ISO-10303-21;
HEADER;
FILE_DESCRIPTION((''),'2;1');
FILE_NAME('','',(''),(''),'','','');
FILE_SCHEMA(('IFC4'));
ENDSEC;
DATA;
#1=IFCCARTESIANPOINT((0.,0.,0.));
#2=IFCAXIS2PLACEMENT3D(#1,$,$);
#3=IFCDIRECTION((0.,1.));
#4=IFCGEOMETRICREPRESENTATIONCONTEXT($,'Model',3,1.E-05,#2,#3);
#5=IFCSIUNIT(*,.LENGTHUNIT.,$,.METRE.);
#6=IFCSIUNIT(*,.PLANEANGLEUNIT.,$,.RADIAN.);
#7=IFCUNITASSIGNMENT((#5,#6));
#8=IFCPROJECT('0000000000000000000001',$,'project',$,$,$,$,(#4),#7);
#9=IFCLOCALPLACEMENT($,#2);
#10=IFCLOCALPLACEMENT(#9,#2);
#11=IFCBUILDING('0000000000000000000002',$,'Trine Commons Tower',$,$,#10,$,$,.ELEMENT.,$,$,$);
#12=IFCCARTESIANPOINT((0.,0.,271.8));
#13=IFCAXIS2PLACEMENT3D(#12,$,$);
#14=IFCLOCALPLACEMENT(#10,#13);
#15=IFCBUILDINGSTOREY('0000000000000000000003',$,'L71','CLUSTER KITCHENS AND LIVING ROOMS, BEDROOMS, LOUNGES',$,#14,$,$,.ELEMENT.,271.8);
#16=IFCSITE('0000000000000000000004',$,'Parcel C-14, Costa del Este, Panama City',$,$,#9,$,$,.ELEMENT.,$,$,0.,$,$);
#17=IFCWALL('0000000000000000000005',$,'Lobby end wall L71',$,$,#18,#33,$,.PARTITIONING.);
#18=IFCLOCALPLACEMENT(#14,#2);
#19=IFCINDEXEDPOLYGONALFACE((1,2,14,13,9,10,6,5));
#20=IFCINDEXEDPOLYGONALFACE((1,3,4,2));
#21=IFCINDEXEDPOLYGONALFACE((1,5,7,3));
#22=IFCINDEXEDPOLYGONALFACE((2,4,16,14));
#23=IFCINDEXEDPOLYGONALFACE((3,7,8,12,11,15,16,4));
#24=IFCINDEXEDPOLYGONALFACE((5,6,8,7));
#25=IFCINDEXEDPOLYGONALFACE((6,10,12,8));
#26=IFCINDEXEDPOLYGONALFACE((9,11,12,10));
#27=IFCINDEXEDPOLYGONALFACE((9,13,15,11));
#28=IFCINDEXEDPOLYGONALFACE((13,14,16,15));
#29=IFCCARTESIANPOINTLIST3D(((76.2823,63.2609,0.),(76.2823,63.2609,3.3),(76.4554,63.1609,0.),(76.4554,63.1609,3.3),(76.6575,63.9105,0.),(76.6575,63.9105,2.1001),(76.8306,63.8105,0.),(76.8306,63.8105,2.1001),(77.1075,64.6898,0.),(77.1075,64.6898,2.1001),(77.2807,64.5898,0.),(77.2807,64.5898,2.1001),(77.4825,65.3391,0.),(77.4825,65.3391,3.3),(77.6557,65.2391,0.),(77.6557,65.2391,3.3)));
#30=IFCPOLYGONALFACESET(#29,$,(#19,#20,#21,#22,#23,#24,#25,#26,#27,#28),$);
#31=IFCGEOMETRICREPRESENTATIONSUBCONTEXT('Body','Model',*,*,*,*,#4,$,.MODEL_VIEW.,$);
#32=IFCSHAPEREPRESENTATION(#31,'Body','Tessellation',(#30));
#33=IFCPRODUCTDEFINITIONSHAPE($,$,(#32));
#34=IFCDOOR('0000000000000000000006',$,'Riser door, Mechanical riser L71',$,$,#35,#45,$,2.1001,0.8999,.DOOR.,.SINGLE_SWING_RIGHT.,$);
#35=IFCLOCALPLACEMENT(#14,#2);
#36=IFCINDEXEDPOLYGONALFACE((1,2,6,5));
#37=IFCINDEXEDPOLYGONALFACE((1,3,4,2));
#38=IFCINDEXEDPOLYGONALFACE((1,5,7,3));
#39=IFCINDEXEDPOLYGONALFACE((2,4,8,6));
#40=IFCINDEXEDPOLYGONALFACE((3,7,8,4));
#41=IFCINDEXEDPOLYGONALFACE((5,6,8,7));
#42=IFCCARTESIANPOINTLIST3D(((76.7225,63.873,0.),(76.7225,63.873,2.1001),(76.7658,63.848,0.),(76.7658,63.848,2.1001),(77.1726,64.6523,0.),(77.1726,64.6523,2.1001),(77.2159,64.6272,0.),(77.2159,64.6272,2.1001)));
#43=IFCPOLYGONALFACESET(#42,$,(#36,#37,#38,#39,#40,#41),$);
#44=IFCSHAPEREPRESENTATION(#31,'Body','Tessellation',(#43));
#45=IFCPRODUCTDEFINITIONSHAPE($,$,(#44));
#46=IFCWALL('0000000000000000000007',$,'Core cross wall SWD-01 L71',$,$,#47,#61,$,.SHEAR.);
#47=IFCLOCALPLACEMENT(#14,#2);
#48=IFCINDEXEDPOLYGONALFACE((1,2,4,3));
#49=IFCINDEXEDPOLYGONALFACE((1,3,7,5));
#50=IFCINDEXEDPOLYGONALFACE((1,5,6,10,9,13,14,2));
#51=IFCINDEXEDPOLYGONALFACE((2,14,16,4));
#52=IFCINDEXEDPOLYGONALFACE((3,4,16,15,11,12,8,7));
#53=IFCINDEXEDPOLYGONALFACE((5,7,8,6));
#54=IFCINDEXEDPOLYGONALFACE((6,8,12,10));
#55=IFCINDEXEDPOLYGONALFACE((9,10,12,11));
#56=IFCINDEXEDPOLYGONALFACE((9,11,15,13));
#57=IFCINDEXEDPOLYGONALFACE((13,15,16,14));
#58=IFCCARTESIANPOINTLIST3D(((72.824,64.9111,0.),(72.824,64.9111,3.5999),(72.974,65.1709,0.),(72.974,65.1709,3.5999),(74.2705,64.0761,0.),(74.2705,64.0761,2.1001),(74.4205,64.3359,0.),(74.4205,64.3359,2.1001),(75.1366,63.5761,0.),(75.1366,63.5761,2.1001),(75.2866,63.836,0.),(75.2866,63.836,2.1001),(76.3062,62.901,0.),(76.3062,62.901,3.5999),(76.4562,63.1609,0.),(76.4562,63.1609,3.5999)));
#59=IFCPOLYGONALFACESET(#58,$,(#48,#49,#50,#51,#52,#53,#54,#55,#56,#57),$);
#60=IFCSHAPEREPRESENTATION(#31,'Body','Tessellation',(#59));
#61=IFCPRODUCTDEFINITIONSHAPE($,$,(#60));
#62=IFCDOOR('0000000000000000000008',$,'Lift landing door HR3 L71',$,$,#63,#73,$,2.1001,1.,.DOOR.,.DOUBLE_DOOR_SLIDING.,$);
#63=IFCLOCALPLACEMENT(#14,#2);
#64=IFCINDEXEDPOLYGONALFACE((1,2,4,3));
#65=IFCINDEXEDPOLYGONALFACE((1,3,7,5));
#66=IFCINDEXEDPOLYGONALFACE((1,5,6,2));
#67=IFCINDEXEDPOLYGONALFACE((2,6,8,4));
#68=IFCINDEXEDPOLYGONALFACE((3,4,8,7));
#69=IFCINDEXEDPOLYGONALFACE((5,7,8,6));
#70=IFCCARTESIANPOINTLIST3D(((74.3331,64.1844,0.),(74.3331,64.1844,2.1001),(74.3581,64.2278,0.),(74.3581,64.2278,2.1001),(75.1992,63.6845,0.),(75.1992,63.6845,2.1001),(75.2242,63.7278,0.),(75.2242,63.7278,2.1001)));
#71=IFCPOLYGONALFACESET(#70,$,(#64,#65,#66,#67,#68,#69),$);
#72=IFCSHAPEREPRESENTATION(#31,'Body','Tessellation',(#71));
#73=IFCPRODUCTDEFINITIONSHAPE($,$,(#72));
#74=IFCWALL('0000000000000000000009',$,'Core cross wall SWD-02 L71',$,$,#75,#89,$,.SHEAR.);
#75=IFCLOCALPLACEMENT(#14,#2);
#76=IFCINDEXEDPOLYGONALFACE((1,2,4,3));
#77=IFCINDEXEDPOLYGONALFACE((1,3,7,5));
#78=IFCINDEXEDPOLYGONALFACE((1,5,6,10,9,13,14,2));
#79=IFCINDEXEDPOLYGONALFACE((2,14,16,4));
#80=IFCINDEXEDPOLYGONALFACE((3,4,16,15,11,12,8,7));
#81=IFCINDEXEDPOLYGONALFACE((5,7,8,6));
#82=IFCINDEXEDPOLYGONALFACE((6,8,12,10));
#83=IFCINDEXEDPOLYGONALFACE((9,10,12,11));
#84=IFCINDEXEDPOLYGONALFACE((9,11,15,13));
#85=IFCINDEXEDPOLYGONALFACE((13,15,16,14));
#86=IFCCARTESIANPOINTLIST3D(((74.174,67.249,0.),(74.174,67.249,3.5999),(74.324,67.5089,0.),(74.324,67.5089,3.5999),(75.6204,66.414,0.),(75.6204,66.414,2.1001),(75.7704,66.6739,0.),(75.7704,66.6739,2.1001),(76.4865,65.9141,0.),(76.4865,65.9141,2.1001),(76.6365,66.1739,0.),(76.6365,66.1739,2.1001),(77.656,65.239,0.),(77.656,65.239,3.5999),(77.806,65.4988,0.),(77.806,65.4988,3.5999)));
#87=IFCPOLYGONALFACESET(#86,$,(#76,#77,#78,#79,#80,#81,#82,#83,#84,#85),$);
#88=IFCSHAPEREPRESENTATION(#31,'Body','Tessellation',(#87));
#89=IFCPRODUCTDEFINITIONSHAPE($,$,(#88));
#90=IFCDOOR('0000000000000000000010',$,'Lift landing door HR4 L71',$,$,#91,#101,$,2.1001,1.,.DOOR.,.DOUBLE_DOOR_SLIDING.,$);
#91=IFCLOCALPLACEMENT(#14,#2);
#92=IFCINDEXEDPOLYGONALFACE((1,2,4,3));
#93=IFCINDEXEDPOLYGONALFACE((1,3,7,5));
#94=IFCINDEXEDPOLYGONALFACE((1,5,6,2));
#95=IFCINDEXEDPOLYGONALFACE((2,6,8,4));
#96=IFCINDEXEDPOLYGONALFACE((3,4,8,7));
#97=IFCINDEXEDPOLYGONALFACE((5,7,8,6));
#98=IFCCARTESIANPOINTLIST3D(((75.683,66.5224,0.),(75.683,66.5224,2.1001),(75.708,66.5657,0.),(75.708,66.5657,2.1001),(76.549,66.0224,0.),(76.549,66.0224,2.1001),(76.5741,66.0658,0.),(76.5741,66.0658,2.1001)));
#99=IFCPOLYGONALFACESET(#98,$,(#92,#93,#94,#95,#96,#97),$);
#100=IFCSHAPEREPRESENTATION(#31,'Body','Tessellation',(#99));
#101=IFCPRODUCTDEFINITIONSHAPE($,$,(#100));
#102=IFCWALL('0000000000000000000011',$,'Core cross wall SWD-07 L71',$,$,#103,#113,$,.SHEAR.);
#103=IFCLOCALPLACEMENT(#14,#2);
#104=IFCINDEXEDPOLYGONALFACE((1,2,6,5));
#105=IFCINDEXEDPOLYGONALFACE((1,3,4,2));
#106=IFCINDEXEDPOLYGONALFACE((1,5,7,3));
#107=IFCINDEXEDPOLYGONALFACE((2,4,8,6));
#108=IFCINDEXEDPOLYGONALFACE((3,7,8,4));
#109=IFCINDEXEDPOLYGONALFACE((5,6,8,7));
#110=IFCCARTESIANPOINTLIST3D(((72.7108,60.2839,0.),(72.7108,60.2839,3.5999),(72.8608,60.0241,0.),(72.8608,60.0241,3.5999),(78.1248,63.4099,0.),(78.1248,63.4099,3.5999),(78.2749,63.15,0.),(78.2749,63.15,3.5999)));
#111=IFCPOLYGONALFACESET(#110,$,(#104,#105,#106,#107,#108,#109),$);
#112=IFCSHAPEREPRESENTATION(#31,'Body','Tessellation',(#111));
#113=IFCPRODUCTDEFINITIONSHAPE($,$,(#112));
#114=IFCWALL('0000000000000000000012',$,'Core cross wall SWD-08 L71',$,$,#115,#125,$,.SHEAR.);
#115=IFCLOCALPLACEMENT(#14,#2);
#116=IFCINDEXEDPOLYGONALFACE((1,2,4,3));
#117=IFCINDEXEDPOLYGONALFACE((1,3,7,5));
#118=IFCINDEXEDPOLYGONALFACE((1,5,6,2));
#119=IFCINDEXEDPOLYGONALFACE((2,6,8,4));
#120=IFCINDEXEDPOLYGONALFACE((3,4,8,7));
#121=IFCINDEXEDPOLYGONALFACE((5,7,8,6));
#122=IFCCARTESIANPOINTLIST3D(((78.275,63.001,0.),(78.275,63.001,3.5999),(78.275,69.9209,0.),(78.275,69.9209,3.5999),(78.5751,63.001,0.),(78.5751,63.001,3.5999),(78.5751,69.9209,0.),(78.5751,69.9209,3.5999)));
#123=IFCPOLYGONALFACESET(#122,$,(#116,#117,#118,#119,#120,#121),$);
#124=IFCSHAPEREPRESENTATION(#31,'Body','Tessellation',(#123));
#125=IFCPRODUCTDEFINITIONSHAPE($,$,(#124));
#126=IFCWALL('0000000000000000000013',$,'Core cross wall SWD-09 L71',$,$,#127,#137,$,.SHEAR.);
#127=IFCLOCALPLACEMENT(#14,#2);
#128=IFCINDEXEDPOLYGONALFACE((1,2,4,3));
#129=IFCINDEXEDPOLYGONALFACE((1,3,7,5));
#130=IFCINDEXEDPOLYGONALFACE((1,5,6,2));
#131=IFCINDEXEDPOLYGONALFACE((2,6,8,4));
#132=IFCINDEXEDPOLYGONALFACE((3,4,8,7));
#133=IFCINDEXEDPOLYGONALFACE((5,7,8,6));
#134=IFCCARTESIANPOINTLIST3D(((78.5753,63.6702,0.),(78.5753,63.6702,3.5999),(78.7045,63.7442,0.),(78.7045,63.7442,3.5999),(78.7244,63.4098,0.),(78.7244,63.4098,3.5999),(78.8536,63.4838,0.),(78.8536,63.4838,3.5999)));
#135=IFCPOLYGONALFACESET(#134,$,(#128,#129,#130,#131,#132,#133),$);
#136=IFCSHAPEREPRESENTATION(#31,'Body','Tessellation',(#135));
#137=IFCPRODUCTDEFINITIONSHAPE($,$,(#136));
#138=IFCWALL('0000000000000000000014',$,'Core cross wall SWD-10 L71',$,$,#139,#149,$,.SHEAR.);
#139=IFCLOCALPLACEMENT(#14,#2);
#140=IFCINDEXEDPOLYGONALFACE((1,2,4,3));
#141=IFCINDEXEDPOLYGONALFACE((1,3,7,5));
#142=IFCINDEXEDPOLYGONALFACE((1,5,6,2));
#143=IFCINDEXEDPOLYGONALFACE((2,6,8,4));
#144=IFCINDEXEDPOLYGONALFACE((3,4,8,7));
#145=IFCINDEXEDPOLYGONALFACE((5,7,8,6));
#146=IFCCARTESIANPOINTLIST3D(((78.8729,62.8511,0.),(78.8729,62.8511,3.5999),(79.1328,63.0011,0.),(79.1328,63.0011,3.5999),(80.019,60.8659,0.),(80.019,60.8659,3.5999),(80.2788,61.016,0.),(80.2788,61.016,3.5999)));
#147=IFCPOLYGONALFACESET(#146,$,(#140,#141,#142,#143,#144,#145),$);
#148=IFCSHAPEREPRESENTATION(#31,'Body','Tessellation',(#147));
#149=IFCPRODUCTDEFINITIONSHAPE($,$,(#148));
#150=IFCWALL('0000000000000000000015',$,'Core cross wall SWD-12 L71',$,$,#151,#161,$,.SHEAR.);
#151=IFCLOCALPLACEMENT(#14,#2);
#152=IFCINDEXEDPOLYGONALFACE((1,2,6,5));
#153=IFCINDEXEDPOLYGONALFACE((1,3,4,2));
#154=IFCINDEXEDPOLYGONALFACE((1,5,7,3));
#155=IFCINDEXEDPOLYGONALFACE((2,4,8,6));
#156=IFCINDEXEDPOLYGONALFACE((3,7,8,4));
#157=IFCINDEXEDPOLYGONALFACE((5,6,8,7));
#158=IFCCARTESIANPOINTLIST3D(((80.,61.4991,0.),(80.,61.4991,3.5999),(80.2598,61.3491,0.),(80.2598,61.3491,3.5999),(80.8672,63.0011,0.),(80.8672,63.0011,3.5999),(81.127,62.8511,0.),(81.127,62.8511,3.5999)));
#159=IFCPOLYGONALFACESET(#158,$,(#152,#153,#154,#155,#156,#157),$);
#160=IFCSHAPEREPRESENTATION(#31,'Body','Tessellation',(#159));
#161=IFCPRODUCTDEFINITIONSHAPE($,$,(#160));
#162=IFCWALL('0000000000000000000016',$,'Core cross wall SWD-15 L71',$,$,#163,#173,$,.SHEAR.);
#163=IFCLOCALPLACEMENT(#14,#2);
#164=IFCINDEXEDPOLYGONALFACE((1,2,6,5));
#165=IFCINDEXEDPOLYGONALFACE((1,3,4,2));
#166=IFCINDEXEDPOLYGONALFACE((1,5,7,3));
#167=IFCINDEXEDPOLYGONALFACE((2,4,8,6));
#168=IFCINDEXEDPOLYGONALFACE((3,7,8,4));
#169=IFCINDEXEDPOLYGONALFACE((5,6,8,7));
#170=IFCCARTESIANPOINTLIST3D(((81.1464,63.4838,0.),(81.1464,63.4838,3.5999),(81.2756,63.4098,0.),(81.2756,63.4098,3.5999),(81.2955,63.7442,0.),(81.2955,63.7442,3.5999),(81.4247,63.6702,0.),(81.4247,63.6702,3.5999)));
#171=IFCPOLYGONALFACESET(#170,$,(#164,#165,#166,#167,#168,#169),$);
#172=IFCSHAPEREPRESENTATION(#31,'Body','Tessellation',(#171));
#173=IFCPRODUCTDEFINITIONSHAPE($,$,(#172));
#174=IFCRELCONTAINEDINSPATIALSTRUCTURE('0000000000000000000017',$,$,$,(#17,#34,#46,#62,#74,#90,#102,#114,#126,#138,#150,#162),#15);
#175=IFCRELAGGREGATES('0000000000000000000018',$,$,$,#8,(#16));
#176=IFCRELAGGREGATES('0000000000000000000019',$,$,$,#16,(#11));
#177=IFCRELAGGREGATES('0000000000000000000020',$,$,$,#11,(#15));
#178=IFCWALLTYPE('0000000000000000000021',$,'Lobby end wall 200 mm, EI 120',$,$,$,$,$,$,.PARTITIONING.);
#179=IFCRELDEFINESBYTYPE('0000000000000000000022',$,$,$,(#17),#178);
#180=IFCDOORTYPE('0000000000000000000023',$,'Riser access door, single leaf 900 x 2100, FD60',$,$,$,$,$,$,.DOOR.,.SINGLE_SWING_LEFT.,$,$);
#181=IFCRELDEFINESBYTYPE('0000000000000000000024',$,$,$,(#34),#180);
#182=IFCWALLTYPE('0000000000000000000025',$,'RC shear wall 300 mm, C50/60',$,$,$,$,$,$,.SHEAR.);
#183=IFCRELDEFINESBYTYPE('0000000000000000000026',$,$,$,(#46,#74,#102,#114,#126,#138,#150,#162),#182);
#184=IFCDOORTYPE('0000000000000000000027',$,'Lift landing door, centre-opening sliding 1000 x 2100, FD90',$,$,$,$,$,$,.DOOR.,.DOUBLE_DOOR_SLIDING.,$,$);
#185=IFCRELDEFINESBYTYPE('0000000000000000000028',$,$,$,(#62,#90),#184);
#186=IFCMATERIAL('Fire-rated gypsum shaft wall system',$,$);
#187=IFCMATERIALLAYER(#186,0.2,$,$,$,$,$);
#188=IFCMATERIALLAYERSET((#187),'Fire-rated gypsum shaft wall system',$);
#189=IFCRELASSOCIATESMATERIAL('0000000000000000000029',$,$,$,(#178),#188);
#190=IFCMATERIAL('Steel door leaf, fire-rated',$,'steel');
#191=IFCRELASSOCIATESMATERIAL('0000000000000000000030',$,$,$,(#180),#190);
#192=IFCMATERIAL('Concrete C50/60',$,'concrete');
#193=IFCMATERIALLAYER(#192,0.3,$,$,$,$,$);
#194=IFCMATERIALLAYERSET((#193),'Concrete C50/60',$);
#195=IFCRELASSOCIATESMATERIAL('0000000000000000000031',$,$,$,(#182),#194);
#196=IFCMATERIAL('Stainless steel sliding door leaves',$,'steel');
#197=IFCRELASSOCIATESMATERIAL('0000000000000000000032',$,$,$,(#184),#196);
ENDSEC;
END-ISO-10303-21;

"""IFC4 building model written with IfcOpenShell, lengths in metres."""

from ifc_helpers import new_model, si_unit, direction, frame, frame_2d, origin, place, context, subcontext, project, spatial, rectangle, extrude, material, layer, layer_set, type_object, element, fill, save


model = new_model("IFC4")

# Units and contexts
model_context = context("Model", 3, precision=1e-05, world=origin(), true_north=direction((0.0, 1.0)))
body_context = subcontext(model_context, "Body", "Model", "MODEL_VIEW")
ifc_project = project(units=[si_unit("LENGTHUNIT", "METRE"), si_unit("PLANEANGLEUNIT", "RADIAN")], contexts=[model_context])

# Site, building, storey
site_placement = place(None, origin())
site = spatial("IfcSite", under=ifc_project, at=site_placement, Name="Parcel C-14, Costa del Este, Panama City", CompositionType="ELEMENT", RefElevation=0.0)
building_placement = place(site_placement, origin())
building = spatial("IfcBuilding", under=site, at=building_placement, Name="Trine Commons Tower", CompositionType="ELEMENT")
storey_placement = place(building_placement, frame((0.0, 0.0, 271.8)))
storey = spatial("IfcBuildingStorey", under=building, at=storey_placement, Name="L71", Description="CLUSTER KITCHENS AND LIVING ROOMS, BEDROOMS, LOUNGES", CompositionType="ELEMENT", Elevation=271.8)

# Walls, openings, doors
ifc_material_1 = material(Name="Fire-rated gypsum shaft wall system")
ifc_layer_1 = layer(ifc_material_1, 0.2)
ifc_layer_set_1 = layer_set([ifc_layer_1], Name="Fire-rated gypsum shaft wall system")
wall_type_1 = type_object("IfcWallType", Name="Lobby end wall 200 mm, EI 120", PredefinedType="PARTITIONING", material=ifc_layer_set_1)
wall_1_placement = place(storey_placement, frame((77.5691, 65.2891, 0.0), z_axis=(0.0, 0.0, 1.0), x_axis=(-0.500122, -0.865955, 0.0)))
wall_1 = element("IfcWall", 1, at=wall_1_placement, inside=storey, type_object=wall_type_1, Name="Lobby end wall L71", PredefinedType="PARTITIONING", context=body_context, shape_type="SweptSolid", body=[
    extrude(rectangle(XDim=2.3999, YDim=0.2, at=frame_2d((1.2, 0.0))), origin(), (0.0, 0.0, 1.0), 3.3),
])
opening_1_placement = place(wall_1_placement, frame((0.7498, 0.0, 0.0)))
opening_1 = element("IfcOpeningElement", 2, at=opening_1_placement, cuts=wall_1, PredefinedType="OPENING", context=body_context, shape_type="SweptSolid", body=[
    extrude(rectangle(XDim=0.8999, YDim=2.1001, at=frame_2d((0.45, 1.05))), frame((0.0, 0.1099, 0.0), z_axis=(0.0, -1.0, 0.0), x_axis=(1.0, 0.0, 0.0)), (0.0, 0.0, 1.0), 0.22),
])
ifc_material_2 = material(Name="Steel door leaf, fire-rated", Category="steel")
door_type_1 = type_object("IfcDoorType", Name="Riser access door, single leaf 900 x 2100, FD60", OperationType="SINGLE_SWING_LEFT", PredefinedType="DOOR", material=ifc_material_2)
door_1_placement = place(opening_1_placement, frame((0.8999, 0.0, 0.0), z_axis=(0.0, 0.0, 1.0), x_axis=(-1.0, 0.0, 0.0)))
door_1 = element("IfcDoor", 3, at=door_1_placement, inside=storey, type_object=door_type_1, Name="Riser door, Mechanical riser L71", OperationType="SINGLE_SWING_RIGHT", OverallHeight=2.1001, OverallWidth=0.8999, PredefinedType="DOOR", context=body_context, shape_type="SweptSolid", body=[
    extrude(rectangle(XDim=0.8999, YDim=2.1001, at=frame_2d((0.45, 1.05))), frame((0.0, 0.0249, 0.0), z_axis=(0.0, -1.0, 0.0), x_axis=(1.0, 0.0, 0.0)), (0.0, 0.0, 1.0), 0.05),
])
fill(opening_1, door_1)
ifc_material_3 = material(Name="Concrete C50/60", Category="concrete")
ifc_layer_2 = layer(ifc_material_3, 0.3)
ifc_layer_set_2 = layer_set([ifc_layer_2], Name="Concrete C50/60")
wall_type_2 = type_object("IfcWallType", Name="RC shear wall 300 mm, C50/60", PredefinedType="SHEAR", material=ifc_layer_set_2)
wall_2_placement = place(storey_placement, frame((76.3811, 63.031, 0.0), z_axis=(0.0, 0.0, 1.0), x_axis=(-0.866071, 0.49992, 0.0)))
wall_2 = element("IfcWall", 4, at=wall_2_placement, inside=storey, type_object=wall_type_2, Name="Core cross wall SWD-01 L71", PredefinedType="SHEAR", context=body_context, shape_type="SweptSolid", body=[
    extrude(rectangle(XDim=4.0208, YDim=0.3, at=frame_2d((2.0103, 0.0))), origin(), (0.0, 0.0, 1.0), 3.5999),
])
opening_2_placement = place(wall_2_placement, frame((1.3503, 0.0, 0.0)))
opening_2 = element("IfcOpeningElement", 5, at=opening_2_placement, cuts=wall_2, PredefinedType="OPENING", context=body_context, shape_type="SweptSolid", body=[
    extrude(rectangle(XDim=1.0, YDim=2.1001, at=frame_2d((0.5, 1.05))), frame((0.0, 0.1599, 0.0), z_axis=(0.0, -1.0, 0.0), x_axis=(1.0, 0.0, 0.0)), (0.0, 0.0, 1.0), 0.3201),
])
ifc_material_4 = material(Name="Stainless steel sliding door leaves", Category="steel")
door_type_2 = type_object("IfcDoorType", Name="Lift landing door, centre-opening sliding 1000 x 2100, FD90", OperationType="DOUBLE_DOOR_SLIDING", PredefinedType="DOOR", material=ifc_material_4)
door_2_placement = place(opening_2_placement, origin())
door_2 = element("IfcDoor", 6, at=door_2_placement, inside=storey, type_object=door_type_2, Name="Lift landing door HR3 L71", OperationType="DOUBLE_DOOR_SLIDING", OverallHeight=2.1001, OverallWidth=1.0, PredefinedType="DOOR", context=body_context, shape_type="SweptSolid", body=[
    extrude(rectangle(XDim=1.0, YDim=2.1001, at=frame_2d((0.5, 1.05))), frame((0.0, 0.0249, 0.0), z_axis=(0.0, -1.0, 0.0), x_axis=(1.0, 0.0, 0.0)), (0.0, 0.0, 1.0), 0.05),
])
fill(opening_2, door_2)
wall_3_placement = place(storey_placement, frame((77.731, 65.3689, 0.0), z_axis=(0.0, 0.0, 1.0), x_axis=(-0.866056, 0.499947, 0.0)))
wall_3 = element("IfcWall", 7, at=wall_3_placement, inside=storey, type_object=wall_type_2, Name="Core cross wall SWD-02 L71", PredefinedType="SHEAR", context=body_context, shape_type="SweptSolid", body=[
    extrude(rectangle(XDim=4.0205, YDim=0.3, at=frame_2d((2.0103, 0.0))), origin(), (0.0, 0.0, 1.0), 3.5999),
])
opening_3_placement = place(wall_3_placement, frame((1.3503, 0.0, 0.0)))
opening_3 = element("IfcOpeningElement", 8, at=opening_3_placement, cuts=wall_3, PredefinedType="OPENING", context=body_context, shape_type="SweptSolid", body=[
    extrude(rectangle(XDim=1.0, YDim=2.1001, at=frame_2d((0.5, 1.05))), frame((0.0, 0.1599, 0.0), z_axis=(0.0, -1.0, 0.0), x_axis=(1.0, 0.0, 0.0)), (0.0, 0.0, 1.0), 0.3201),
])
door_3_placement = place(opening_3_placement, origin())
door_3 = element("IfcDoor", 9, at=door_3_placement, inside=storey, type_object=door_type_2, Name="Lift landing door HR4 L71", OperationType="DOUBLE_DOOR_SLIDING", OverallHeight=2.1001, OverallWidth=1.0, PredefinedType="DOOR", context=body_context, shape_type="SweptSolid", body=[
    extrude(rectangle(XDim=1.0, YDim=2.1001, at=frame_2d((0.5, 1.05))), frame((0.0, 0.0249, 0.0), z_axis=(0.0, -1.0, 0.0), x_axis=(1.0, 0.0, 0.0)), (0.0, 0.0, 1.0), 0.05),
])
fill(opening_3, door_3)

# Walls
wall_4_placement = place(storey_placement, frame((78.2, 63.28, 0.0), z_axis=(0.0, 0.0, 1.0), x_axis=(-0.866014, -0.50002, 0.0)))
element("IfcWall", 10, at=wall_4_placement, inside=storey, type_object=wall_type_2, Name="Core cross wall SWD-07 L71", PredefinedType="SHEAR", context=body_context, shape_type="SweptSolid", body=[
    extrude(rectangle(XDim=6.2517, YDim=0.3, at=frame_2d((3.126, 0.0))), origin(), (0.0, 0.0, 1.0), 3.5999),
])
wall_5_placement = place(storey_placement, frame((78.425, 63.001, 0.0), z_axis=(0.0, 0.0, 1.0), x_axis=(0.0, 1.0, 0.0)))
element("IfcWall", 11, at=wall_5_placement, inside=storey, type_object=wall_type_2, Name="Core cross wall SWD-08 L71", PredefinedType="SHEAR", context=body_context, shape_type="SweptSolid", body=[
    extrude(rectangle(XDim=6.9199, YDim=0.3, at=frame_2d((3.46, 0.0))), origin(), (0.0, 0.0, 1.0), 3.5999),
])
wall_6_placement = place(storey_placement, frame((78.7791, 63.614, 0.0), z_axis=(0.0, 0.0, 1.0), x_axis=(-0.867738, -0.497022, 0.0)))
element("IfcWall", 12, at=wall_6_placement, inside=storey, type_object=wall_type_2, Name="Core cross wall SWD-09 L71", PredefinedType="SHEAR", context=body_context, shape_type="SweptSolid", body=[
    extrude(rectangle(XDim=0.1489, YDim=0.3, at=frame_2d((0.0745, 0.0))), origin(), (0.0, 0.0, 1.0), 3.5999),
])
wall_7_placement = place(storey_placement, frame((79.0029, 62.926, 0.0), z_axis=(0.0, 0.0, 1.0), x_axis=(0.499965, -0.866045, 0.0)))
element("IfcWall", 13, at=wall_7_placement, inside=storey, type_object=wall_type_2, Name="Core cross wall SWD-10 L71", PredefinedType="SHEAR", context=body_context, shape_type="SweptSolid", body=[
    extrude(rectangle(XDim=2.2922, YDim=0.3, at=frame_2d((1.146, 0.0))), origin(), (0.0, 0.0, 1.0), 3.5999),
])
wall_8_placement = place(storey_placement, frame((80.1299, 61.4241, 0.0), z_axis=(0.0, 0.0, 1.0), x_axis=(0.500015, 0.866017, 0.0)))
element("IfcWall", 14, at=wall_8_placement, inside=storey, type_object=wall_type_2, Name="Core cross wall SWD-12 L71", PredefinedType="SHEAR", context=body_context, shape_type="SweptSolid", body=[
    extrude(rectangle(XDim=1.7344, YDim=0.3, at=frame_2d((0.8672, 0.0))), origin(), (0.0, 0.0, 1.0), 3.5999),
])
wall_9_placement = place(storey_placement, frame((81.2209, 63.614, 0.0), z_axis=(0.0, 0.0, 1.0), x_axis=(0.867738, -0.497022, 0.0)))
element("IfcWall", 15, at=wall_9_placement, inside=storey, type_object=wall_type_2, Name="Core cross wall SWD-15 L71", PredefinedType="SHEAR", context=body_context, shape_type="SweptSolid", body=[
    extrude(rectangle(XDim=0.1489, YDim=0.3, at=frame_2d((0.0745, 0.0))), origin(), (0.0, 0.0, 1.0), 3.5999),
])

save(model, "model.ifc")
